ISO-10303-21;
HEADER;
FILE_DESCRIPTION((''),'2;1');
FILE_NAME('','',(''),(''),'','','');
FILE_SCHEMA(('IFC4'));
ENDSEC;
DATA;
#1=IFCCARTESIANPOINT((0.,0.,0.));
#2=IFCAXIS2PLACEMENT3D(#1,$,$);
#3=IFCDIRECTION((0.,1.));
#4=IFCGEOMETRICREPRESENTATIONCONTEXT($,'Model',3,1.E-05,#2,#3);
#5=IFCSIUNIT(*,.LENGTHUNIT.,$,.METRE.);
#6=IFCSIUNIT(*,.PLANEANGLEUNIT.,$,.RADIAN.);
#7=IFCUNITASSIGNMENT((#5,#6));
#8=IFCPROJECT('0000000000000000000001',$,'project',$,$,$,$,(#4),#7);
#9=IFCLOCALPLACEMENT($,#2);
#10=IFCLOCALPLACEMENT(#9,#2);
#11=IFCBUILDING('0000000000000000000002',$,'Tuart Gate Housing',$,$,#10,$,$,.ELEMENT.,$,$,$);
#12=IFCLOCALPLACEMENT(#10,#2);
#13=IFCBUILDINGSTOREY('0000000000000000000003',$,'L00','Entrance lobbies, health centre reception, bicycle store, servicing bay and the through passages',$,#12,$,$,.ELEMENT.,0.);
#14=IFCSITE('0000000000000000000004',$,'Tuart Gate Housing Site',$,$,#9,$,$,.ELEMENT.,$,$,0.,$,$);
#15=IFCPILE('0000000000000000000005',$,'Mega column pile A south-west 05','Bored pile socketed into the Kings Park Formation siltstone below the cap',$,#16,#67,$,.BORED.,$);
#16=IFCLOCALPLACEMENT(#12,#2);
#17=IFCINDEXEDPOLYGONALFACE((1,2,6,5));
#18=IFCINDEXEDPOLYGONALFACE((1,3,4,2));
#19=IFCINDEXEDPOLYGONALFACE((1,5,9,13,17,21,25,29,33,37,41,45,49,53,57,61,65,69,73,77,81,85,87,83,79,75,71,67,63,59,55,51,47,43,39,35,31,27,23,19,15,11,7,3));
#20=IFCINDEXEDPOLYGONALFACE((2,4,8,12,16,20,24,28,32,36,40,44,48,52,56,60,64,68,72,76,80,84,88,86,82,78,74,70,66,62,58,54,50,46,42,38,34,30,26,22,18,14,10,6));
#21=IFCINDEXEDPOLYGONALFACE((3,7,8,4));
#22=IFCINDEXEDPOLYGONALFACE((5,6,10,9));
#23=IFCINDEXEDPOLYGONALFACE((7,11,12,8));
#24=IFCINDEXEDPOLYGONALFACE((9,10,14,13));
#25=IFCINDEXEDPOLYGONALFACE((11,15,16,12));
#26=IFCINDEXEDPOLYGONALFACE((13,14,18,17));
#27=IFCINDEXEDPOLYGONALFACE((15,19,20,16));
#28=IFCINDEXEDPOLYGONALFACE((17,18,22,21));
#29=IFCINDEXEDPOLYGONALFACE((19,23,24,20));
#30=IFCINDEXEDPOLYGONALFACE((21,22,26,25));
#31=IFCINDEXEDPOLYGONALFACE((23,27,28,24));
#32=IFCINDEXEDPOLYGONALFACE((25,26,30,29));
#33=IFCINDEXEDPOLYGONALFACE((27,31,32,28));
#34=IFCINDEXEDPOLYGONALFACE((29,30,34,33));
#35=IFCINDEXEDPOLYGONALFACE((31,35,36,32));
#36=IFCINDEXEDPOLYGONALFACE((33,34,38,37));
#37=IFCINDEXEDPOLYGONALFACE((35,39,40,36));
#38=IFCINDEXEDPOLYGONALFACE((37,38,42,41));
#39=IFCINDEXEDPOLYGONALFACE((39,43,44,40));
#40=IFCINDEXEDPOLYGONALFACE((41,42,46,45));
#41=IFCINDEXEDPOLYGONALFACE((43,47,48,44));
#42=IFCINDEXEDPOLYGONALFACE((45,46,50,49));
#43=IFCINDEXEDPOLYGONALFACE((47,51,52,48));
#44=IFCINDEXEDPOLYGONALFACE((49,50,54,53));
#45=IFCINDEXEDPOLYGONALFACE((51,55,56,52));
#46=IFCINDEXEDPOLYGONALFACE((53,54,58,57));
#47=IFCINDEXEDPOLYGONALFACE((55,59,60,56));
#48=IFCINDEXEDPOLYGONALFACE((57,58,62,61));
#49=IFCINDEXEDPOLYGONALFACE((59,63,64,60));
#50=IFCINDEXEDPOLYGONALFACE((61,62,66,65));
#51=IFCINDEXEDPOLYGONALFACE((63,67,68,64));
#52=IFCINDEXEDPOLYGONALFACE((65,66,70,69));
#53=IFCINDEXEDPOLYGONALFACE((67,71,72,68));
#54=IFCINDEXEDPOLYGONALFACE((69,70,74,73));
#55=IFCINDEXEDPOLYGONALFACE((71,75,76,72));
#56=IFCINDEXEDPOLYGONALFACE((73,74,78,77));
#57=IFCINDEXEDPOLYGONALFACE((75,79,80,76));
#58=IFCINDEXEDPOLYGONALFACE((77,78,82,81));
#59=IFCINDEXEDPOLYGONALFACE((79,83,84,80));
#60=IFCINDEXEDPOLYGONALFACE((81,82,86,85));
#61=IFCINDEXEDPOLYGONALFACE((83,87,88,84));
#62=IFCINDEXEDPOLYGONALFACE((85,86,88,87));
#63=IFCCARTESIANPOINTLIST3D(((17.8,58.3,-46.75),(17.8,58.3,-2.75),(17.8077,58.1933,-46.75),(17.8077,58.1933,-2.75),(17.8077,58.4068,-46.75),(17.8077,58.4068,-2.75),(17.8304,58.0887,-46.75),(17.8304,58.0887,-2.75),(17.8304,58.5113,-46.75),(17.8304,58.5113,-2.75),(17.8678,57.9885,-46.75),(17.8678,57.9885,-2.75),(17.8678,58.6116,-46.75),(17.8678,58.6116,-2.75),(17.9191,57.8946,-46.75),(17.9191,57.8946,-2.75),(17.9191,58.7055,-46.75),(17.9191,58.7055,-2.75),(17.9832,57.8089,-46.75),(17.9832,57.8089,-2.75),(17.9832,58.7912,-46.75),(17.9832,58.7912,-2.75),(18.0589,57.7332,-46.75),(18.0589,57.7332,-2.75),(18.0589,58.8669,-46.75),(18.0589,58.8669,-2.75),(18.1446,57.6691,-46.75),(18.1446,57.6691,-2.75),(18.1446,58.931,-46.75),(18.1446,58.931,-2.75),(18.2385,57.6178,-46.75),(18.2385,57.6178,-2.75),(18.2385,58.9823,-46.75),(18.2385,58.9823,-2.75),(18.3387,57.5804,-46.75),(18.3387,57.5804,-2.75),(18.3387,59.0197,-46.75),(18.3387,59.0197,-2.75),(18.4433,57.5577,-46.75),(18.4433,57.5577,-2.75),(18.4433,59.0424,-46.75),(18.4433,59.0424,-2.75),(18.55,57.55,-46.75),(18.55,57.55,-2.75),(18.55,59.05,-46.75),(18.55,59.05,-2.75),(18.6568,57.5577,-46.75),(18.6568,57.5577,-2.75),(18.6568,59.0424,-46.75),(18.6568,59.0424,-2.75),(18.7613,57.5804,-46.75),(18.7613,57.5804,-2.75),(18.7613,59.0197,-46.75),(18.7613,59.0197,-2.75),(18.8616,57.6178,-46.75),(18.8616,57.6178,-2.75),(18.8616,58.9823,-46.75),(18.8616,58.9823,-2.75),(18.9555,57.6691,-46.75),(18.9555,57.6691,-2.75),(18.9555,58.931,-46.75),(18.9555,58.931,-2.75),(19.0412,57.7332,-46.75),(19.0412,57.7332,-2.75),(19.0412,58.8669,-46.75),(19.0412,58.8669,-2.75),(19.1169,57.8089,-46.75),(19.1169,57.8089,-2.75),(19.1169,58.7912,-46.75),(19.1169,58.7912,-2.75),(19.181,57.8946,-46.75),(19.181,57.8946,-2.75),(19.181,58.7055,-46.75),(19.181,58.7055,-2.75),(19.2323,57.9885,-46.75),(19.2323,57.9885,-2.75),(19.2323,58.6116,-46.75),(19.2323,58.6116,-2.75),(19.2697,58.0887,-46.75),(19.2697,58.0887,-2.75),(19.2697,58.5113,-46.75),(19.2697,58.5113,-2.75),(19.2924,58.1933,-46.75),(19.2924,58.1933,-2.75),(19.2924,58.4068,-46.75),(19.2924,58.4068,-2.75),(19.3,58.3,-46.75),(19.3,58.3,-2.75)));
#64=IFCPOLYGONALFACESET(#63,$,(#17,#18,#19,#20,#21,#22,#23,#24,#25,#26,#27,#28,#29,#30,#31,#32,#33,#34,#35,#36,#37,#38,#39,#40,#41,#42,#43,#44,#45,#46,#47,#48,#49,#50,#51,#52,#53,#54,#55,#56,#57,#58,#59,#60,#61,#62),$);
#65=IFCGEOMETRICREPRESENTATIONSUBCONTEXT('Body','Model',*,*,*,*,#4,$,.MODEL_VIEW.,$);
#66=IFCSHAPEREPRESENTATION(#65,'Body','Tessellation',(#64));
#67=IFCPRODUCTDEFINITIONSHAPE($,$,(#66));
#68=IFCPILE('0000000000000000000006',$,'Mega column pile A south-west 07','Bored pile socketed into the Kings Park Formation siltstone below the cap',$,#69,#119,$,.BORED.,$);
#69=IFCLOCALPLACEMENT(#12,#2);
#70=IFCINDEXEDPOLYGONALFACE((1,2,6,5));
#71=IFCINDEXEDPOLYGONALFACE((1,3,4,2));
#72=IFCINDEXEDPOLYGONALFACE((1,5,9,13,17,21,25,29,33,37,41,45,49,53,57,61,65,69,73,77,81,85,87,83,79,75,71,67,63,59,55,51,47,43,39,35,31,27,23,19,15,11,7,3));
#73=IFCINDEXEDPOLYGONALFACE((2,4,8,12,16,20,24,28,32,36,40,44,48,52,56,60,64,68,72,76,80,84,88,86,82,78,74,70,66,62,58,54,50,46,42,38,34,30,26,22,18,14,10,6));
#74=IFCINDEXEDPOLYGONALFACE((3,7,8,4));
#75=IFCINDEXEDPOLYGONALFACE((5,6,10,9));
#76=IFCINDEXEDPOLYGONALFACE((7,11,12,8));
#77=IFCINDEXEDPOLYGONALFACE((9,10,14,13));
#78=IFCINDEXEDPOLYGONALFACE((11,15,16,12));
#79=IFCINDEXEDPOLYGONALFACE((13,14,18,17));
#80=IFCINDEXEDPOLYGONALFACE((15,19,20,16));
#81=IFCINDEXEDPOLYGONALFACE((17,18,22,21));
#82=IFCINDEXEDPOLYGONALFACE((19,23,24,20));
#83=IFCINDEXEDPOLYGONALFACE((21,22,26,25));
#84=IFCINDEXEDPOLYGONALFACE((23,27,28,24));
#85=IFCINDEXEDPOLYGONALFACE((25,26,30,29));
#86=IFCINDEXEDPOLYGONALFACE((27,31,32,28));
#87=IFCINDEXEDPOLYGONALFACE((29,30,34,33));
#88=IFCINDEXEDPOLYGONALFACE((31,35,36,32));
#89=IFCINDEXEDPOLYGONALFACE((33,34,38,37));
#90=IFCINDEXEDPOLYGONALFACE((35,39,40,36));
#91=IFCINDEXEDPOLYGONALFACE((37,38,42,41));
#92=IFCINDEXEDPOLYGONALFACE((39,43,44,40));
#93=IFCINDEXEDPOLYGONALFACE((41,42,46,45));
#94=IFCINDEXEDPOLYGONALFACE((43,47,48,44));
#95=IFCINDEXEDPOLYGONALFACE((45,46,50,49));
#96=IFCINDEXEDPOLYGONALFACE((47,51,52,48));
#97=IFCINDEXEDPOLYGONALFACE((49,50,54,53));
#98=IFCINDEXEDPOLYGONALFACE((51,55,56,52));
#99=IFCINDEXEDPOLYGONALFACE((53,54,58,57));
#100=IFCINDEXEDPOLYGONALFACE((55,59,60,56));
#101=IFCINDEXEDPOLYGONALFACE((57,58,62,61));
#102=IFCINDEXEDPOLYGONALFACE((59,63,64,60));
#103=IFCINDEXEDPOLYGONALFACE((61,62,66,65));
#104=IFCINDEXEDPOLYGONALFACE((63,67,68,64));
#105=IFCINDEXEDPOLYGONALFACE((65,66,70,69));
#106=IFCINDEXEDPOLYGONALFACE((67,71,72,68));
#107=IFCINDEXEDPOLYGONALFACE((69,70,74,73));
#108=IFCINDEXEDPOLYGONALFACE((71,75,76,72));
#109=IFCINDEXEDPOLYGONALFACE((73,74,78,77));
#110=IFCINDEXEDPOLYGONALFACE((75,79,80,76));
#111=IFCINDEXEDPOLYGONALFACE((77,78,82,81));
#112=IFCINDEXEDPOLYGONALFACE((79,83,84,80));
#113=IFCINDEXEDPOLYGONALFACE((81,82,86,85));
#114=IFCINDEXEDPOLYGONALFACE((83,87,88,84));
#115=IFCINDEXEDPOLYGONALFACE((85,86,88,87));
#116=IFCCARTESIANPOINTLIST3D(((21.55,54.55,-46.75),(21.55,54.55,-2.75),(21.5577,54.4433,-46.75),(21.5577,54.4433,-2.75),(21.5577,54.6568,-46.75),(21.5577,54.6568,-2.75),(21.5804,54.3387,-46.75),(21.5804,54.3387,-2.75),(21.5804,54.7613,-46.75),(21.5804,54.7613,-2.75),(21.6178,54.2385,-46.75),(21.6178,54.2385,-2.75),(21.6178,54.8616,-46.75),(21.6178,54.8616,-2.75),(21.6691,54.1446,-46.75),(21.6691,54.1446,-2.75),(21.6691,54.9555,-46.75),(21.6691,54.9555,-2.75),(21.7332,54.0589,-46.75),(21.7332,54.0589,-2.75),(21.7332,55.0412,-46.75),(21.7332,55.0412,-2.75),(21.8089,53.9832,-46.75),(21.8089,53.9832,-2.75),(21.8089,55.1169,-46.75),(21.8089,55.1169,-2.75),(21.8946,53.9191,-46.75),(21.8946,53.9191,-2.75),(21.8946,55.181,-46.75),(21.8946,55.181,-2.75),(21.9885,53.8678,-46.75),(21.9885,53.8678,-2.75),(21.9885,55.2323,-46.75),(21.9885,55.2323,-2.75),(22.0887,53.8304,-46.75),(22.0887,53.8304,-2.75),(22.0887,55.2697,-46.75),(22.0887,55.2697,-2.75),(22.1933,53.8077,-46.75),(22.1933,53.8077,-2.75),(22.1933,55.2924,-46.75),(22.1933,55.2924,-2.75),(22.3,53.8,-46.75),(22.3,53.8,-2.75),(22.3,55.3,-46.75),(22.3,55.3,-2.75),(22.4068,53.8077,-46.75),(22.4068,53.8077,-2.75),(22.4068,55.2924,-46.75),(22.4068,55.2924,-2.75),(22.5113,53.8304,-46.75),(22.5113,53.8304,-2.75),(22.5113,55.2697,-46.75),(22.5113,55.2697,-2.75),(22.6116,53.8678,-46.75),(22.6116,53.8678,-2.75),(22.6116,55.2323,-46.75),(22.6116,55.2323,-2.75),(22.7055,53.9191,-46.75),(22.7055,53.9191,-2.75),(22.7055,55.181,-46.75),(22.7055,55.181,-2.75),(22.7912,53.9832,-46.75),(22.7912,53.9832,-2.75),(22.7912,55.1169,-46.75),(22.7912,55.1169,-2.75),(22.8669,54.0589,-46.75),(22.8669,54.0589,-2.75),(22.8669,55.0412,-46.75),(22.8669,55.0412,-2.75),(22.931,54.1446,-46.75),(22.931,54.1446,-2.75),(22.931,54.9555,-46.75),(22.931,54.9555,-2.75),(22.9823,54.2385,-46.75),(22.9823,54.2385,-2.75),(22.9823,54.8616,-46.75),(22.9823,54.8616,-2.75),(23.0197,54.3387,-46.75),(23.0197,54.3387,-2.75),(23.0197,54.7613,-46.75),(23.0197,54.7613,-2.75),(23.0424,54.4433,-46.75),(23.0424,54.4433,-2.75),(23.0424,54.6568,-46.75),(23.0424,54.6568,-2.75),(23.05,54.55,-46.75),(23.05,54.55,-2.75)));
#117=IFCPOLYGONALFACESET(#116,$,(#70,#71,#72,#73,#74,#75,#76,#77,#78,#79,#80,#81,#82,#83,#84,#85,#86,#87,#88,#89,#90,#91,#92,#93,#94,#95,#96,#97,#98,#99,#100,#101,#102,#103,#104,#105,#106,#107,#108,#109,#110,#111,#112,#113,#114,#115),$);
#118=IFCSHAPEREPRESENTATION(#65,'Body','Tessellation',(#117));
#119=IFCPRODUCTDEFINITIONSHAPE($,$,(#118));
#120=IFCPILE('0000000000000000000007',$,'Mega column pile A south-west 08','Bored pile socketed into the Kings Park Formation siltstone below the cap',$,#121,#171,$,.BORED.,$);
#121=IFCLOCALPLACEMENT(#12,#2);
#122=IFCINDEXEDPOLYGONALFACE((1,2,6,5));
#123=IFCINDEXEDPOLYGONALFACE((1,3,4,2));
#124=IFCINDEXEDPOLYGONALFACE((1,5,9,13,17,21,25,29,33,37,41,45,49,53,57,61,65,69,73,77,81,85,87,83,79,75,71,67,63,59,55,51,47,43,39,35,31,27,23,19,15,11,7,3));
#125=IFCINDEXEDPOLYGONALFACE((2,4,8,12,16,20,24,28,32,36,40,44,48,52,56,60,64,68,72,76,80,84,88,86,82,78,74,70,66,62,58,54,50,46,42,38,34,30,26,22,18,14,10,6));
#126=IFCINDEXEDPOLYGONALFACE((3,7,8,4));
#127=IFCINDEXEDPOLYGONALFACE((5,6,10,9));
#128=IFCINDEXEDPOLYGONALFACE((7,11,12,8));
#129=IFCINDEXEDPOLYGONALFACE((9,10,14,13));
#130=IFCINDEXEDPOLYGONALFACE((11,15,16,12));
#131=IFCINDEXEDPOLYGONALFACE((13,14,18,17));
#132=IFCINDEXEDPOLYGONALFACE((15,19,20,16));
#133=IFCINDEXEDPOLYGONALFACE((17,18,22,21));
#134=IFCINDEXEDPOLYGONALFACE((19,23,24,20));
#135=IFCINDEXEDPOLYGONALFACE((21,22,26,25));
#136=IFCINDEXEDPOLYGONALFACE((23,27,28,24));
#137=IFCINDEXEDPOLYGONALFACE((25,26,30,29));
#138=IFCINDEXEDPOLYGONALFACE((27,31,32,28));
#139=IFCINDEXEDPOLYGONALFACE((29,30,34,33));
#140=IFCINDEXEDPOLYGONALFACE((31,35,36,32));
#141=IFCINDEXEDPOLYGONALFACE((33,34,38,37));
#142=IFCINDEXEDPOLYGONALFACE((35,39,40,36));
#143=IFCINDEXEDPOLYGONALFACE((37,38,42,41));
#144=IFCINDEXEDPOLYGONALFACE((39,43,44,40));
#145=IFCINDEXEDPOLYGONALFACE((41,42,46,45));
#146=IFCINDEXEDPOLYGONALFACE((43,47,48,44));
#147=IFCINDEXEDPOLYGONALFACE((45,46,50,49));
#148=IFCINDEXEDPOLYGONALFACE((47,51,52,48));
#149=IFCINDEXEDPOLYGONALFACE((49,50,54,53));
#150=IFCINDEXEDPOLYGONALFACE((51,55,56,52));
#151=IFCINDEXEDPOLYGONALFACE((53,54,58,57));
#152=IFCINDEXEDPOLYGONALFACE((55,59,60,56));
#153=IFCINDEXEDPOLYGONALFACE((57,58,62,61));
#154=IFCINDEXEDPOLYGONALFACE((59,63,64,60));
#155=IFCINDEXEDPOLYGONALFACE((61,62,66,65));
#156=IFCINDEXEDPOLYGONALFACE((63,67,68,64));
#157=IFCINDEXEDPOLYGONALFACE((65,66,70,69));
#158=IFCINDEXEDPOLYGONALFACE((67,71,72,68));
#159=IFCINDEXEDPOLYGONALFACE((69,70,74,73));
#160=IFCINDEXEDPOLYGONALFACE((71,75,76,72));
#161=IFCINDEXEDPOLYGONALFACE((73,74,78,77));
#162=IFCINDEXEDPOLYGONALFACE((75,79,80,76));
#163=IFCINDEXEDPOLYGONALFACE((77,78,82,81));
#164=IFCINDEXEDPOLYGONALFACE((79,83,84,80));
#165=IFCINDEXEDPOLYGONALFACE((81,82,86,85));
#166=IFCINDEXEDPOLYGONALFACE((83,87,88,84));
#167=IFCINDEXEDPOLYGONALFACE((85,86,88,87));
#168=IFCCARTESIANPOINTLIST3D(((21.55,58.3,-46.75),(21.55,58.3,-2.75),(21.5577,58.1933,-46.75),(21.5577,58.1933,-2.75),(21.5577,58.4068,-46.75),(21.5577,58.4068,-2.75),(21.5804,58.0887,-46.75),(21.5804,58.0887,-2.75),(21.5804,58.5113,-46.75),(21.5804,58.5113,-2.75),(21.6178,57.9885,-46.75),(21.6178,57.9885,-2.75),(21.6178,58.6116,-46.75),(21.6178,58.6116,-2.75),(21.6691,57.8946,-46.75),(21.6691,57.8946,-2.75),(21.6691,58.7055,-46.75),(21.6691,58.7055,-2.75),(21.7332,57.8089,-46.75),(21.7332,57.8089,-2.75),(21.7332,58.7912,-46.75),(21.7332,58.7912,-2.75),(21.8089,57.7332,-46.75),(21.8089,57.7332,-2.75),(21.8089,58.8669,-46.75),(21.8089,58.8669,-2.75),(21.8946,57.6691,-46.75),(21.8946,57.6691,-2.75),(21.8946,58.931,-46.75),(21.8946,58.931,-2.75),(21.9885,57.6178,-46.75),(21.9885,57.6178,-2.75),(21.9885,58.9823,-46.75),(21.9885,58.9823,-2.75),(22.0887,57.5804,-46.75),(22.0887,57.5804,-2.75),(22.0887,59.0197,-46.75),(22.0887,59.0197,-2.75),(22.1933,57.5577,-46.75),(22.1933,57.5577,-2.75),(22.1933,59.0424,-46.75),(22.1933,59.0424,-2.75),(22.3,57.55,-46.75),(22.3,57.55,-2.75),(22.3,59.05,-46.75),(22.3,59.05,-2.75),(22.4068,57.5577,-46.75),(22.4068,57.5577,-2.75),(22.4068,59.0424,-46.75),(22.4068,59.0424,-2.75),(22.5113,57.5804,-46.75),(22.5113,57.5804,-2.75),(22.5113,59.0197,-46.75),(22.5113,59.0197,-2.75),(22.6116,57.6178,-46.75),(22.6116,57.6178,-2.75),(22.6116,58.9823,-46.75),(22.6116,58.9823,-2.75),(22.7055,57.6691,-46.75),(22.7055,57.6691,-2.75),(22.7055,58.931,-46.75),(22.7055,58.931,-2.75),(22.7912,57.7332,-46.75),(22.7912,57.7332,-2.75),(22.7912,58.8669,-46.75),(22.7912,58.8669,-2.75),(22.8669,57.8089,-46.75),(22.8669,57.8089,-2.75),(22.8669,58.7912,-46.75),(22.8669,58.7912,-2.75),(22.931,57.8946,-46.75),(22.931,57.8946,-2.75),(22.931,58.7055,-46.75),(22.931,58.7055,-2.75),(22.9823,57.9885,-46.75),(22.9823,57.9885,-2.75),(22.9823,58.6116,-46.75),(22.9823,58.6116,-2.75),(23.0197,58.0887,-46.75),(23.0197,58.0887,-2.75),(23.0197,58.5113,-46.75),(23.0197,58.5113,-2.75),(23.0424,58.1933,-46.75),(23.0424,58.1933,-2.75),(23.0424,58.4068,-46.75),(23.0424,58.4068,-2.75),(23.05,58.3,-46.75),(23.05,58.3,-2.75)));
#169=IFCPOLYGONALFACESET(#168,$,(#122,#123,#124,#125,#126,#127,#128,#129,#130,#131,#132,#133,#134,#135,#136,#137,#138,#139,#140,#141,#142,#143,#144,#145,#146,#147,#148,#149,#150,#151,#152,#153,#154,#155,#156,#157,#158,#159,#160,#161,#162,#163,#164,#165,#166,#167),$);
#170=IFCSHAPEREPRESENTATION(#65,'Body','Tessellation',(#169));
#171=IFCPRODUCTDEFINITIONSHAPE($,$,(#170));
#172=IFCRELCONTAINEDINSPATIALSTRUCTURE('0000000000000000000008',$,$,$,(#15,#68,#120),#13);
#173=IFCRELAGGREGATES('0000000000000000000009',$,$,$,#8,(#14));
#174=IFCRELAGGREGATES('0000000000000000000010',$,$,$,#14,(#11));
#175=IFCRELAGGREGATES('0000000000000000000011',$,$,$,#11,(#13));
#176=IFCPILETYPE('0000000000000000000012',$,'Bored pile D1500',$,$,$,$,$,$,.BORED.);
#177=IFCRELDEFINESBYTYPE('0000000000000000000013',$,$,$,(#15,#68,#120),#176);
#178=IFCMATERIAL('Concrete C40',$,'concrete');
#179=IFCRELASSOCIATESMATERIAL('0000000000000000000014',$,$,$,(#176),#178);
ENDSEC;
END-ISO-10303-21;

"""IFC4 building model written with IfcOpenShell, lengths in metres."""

from ifc_helpers import new_model, si_unit, direction, frame, origin, origin_2d, place, context, subcontext, project, spatial, circle, extrude, material, material_profile, profile_set, type_object, element, save


model = new_model("IFC4")

# Units and contexts
model_context = context("Model", 3, precision=1e-05, world=origin(), true_north=direction((0.0, 1.0)))
body_context = subcontext(model_context, "Body", "Model", "MODEL_VIEW")
ifc_project = project(units=[si_unit("LENGTHUNIT", "METRE"), si_unit("PLANEANGLEUNIT", "RADIAN")], contexts=[model_context])

# Site, building, storey
site_placement = place(None, origin())
site = spatial("IfcSite", under=ifc_project, at=site_placement, Name="Tuart Gate Housing Site", CompositionType="ELEMENT", RefElevation=0.0)
building_placement = place(site_placement, origin())
building = spatial("IfcBuilding", under=site, at=building_placement, Name="Tuart Gate Housing", CompositionType="ELEMENT")
storey_placement = place(building_placement, origin())
storey = spatial("IfcBuildingStorey", under=building, at=storey_placement, Name="L00", Description="Entrance lobbies, health centre reception, bicycle store, servicing bay and the through passages", CompositionType="ELEMENT", Elevation=0.0)

# Piles
ifc_material_1 = material(Name="Concrete C40", Category="concrete")
ifc_material_profile_1 = material_profile(ifc_material_1, circle(Radius=0.75, at=origin_2d()), Name="Bored pile D1500")
ifc_profile_set_1 = profile_set([ifc_material_profile_1], Name="Concrete C40")
pile_type = type_object("IfcPileType", Name="Bored pile D1500", PredefinedType="BORED", material=ifc_profile_set_1)
for number, where, z_axis, x_axis, name in (
    (1, (18.55, 58.3, -2.75), (0.0, 0.0, -1.0), (1.0, 0.0, 0.0), "Mega column pile A south-west 05"),
    (2, (22.3, 54.55, -2.75), (0.0, 0.0, -1.0), (1.0, 0.0, 0.0), "Mega column pile A south-west 07"),
    (3, (22.3, 58.3, -2.75), (0.0, 0.0, -1.0), (1.0, 0.0, 0.0), "Mega column pile A south-west 08"),
):
    element("IfcPile", number, at=place(storey_placement, frame(where, z_axis=z_axis, x_axis=x_axis)), inside=storey, type_object=pile_type, Name=name, Description="Bored pile socketed into the Kings Park Formation siltstone below the cap", PredefinedType="BORED", context=body_context, shape_type="SweptSolid", body=[
        extrude(circle(Radius=0.75, at=origin_2d()), origin(), (0.0, 0.0, 1.0), 44.0),
    ])

save(model, "model.ifc")
